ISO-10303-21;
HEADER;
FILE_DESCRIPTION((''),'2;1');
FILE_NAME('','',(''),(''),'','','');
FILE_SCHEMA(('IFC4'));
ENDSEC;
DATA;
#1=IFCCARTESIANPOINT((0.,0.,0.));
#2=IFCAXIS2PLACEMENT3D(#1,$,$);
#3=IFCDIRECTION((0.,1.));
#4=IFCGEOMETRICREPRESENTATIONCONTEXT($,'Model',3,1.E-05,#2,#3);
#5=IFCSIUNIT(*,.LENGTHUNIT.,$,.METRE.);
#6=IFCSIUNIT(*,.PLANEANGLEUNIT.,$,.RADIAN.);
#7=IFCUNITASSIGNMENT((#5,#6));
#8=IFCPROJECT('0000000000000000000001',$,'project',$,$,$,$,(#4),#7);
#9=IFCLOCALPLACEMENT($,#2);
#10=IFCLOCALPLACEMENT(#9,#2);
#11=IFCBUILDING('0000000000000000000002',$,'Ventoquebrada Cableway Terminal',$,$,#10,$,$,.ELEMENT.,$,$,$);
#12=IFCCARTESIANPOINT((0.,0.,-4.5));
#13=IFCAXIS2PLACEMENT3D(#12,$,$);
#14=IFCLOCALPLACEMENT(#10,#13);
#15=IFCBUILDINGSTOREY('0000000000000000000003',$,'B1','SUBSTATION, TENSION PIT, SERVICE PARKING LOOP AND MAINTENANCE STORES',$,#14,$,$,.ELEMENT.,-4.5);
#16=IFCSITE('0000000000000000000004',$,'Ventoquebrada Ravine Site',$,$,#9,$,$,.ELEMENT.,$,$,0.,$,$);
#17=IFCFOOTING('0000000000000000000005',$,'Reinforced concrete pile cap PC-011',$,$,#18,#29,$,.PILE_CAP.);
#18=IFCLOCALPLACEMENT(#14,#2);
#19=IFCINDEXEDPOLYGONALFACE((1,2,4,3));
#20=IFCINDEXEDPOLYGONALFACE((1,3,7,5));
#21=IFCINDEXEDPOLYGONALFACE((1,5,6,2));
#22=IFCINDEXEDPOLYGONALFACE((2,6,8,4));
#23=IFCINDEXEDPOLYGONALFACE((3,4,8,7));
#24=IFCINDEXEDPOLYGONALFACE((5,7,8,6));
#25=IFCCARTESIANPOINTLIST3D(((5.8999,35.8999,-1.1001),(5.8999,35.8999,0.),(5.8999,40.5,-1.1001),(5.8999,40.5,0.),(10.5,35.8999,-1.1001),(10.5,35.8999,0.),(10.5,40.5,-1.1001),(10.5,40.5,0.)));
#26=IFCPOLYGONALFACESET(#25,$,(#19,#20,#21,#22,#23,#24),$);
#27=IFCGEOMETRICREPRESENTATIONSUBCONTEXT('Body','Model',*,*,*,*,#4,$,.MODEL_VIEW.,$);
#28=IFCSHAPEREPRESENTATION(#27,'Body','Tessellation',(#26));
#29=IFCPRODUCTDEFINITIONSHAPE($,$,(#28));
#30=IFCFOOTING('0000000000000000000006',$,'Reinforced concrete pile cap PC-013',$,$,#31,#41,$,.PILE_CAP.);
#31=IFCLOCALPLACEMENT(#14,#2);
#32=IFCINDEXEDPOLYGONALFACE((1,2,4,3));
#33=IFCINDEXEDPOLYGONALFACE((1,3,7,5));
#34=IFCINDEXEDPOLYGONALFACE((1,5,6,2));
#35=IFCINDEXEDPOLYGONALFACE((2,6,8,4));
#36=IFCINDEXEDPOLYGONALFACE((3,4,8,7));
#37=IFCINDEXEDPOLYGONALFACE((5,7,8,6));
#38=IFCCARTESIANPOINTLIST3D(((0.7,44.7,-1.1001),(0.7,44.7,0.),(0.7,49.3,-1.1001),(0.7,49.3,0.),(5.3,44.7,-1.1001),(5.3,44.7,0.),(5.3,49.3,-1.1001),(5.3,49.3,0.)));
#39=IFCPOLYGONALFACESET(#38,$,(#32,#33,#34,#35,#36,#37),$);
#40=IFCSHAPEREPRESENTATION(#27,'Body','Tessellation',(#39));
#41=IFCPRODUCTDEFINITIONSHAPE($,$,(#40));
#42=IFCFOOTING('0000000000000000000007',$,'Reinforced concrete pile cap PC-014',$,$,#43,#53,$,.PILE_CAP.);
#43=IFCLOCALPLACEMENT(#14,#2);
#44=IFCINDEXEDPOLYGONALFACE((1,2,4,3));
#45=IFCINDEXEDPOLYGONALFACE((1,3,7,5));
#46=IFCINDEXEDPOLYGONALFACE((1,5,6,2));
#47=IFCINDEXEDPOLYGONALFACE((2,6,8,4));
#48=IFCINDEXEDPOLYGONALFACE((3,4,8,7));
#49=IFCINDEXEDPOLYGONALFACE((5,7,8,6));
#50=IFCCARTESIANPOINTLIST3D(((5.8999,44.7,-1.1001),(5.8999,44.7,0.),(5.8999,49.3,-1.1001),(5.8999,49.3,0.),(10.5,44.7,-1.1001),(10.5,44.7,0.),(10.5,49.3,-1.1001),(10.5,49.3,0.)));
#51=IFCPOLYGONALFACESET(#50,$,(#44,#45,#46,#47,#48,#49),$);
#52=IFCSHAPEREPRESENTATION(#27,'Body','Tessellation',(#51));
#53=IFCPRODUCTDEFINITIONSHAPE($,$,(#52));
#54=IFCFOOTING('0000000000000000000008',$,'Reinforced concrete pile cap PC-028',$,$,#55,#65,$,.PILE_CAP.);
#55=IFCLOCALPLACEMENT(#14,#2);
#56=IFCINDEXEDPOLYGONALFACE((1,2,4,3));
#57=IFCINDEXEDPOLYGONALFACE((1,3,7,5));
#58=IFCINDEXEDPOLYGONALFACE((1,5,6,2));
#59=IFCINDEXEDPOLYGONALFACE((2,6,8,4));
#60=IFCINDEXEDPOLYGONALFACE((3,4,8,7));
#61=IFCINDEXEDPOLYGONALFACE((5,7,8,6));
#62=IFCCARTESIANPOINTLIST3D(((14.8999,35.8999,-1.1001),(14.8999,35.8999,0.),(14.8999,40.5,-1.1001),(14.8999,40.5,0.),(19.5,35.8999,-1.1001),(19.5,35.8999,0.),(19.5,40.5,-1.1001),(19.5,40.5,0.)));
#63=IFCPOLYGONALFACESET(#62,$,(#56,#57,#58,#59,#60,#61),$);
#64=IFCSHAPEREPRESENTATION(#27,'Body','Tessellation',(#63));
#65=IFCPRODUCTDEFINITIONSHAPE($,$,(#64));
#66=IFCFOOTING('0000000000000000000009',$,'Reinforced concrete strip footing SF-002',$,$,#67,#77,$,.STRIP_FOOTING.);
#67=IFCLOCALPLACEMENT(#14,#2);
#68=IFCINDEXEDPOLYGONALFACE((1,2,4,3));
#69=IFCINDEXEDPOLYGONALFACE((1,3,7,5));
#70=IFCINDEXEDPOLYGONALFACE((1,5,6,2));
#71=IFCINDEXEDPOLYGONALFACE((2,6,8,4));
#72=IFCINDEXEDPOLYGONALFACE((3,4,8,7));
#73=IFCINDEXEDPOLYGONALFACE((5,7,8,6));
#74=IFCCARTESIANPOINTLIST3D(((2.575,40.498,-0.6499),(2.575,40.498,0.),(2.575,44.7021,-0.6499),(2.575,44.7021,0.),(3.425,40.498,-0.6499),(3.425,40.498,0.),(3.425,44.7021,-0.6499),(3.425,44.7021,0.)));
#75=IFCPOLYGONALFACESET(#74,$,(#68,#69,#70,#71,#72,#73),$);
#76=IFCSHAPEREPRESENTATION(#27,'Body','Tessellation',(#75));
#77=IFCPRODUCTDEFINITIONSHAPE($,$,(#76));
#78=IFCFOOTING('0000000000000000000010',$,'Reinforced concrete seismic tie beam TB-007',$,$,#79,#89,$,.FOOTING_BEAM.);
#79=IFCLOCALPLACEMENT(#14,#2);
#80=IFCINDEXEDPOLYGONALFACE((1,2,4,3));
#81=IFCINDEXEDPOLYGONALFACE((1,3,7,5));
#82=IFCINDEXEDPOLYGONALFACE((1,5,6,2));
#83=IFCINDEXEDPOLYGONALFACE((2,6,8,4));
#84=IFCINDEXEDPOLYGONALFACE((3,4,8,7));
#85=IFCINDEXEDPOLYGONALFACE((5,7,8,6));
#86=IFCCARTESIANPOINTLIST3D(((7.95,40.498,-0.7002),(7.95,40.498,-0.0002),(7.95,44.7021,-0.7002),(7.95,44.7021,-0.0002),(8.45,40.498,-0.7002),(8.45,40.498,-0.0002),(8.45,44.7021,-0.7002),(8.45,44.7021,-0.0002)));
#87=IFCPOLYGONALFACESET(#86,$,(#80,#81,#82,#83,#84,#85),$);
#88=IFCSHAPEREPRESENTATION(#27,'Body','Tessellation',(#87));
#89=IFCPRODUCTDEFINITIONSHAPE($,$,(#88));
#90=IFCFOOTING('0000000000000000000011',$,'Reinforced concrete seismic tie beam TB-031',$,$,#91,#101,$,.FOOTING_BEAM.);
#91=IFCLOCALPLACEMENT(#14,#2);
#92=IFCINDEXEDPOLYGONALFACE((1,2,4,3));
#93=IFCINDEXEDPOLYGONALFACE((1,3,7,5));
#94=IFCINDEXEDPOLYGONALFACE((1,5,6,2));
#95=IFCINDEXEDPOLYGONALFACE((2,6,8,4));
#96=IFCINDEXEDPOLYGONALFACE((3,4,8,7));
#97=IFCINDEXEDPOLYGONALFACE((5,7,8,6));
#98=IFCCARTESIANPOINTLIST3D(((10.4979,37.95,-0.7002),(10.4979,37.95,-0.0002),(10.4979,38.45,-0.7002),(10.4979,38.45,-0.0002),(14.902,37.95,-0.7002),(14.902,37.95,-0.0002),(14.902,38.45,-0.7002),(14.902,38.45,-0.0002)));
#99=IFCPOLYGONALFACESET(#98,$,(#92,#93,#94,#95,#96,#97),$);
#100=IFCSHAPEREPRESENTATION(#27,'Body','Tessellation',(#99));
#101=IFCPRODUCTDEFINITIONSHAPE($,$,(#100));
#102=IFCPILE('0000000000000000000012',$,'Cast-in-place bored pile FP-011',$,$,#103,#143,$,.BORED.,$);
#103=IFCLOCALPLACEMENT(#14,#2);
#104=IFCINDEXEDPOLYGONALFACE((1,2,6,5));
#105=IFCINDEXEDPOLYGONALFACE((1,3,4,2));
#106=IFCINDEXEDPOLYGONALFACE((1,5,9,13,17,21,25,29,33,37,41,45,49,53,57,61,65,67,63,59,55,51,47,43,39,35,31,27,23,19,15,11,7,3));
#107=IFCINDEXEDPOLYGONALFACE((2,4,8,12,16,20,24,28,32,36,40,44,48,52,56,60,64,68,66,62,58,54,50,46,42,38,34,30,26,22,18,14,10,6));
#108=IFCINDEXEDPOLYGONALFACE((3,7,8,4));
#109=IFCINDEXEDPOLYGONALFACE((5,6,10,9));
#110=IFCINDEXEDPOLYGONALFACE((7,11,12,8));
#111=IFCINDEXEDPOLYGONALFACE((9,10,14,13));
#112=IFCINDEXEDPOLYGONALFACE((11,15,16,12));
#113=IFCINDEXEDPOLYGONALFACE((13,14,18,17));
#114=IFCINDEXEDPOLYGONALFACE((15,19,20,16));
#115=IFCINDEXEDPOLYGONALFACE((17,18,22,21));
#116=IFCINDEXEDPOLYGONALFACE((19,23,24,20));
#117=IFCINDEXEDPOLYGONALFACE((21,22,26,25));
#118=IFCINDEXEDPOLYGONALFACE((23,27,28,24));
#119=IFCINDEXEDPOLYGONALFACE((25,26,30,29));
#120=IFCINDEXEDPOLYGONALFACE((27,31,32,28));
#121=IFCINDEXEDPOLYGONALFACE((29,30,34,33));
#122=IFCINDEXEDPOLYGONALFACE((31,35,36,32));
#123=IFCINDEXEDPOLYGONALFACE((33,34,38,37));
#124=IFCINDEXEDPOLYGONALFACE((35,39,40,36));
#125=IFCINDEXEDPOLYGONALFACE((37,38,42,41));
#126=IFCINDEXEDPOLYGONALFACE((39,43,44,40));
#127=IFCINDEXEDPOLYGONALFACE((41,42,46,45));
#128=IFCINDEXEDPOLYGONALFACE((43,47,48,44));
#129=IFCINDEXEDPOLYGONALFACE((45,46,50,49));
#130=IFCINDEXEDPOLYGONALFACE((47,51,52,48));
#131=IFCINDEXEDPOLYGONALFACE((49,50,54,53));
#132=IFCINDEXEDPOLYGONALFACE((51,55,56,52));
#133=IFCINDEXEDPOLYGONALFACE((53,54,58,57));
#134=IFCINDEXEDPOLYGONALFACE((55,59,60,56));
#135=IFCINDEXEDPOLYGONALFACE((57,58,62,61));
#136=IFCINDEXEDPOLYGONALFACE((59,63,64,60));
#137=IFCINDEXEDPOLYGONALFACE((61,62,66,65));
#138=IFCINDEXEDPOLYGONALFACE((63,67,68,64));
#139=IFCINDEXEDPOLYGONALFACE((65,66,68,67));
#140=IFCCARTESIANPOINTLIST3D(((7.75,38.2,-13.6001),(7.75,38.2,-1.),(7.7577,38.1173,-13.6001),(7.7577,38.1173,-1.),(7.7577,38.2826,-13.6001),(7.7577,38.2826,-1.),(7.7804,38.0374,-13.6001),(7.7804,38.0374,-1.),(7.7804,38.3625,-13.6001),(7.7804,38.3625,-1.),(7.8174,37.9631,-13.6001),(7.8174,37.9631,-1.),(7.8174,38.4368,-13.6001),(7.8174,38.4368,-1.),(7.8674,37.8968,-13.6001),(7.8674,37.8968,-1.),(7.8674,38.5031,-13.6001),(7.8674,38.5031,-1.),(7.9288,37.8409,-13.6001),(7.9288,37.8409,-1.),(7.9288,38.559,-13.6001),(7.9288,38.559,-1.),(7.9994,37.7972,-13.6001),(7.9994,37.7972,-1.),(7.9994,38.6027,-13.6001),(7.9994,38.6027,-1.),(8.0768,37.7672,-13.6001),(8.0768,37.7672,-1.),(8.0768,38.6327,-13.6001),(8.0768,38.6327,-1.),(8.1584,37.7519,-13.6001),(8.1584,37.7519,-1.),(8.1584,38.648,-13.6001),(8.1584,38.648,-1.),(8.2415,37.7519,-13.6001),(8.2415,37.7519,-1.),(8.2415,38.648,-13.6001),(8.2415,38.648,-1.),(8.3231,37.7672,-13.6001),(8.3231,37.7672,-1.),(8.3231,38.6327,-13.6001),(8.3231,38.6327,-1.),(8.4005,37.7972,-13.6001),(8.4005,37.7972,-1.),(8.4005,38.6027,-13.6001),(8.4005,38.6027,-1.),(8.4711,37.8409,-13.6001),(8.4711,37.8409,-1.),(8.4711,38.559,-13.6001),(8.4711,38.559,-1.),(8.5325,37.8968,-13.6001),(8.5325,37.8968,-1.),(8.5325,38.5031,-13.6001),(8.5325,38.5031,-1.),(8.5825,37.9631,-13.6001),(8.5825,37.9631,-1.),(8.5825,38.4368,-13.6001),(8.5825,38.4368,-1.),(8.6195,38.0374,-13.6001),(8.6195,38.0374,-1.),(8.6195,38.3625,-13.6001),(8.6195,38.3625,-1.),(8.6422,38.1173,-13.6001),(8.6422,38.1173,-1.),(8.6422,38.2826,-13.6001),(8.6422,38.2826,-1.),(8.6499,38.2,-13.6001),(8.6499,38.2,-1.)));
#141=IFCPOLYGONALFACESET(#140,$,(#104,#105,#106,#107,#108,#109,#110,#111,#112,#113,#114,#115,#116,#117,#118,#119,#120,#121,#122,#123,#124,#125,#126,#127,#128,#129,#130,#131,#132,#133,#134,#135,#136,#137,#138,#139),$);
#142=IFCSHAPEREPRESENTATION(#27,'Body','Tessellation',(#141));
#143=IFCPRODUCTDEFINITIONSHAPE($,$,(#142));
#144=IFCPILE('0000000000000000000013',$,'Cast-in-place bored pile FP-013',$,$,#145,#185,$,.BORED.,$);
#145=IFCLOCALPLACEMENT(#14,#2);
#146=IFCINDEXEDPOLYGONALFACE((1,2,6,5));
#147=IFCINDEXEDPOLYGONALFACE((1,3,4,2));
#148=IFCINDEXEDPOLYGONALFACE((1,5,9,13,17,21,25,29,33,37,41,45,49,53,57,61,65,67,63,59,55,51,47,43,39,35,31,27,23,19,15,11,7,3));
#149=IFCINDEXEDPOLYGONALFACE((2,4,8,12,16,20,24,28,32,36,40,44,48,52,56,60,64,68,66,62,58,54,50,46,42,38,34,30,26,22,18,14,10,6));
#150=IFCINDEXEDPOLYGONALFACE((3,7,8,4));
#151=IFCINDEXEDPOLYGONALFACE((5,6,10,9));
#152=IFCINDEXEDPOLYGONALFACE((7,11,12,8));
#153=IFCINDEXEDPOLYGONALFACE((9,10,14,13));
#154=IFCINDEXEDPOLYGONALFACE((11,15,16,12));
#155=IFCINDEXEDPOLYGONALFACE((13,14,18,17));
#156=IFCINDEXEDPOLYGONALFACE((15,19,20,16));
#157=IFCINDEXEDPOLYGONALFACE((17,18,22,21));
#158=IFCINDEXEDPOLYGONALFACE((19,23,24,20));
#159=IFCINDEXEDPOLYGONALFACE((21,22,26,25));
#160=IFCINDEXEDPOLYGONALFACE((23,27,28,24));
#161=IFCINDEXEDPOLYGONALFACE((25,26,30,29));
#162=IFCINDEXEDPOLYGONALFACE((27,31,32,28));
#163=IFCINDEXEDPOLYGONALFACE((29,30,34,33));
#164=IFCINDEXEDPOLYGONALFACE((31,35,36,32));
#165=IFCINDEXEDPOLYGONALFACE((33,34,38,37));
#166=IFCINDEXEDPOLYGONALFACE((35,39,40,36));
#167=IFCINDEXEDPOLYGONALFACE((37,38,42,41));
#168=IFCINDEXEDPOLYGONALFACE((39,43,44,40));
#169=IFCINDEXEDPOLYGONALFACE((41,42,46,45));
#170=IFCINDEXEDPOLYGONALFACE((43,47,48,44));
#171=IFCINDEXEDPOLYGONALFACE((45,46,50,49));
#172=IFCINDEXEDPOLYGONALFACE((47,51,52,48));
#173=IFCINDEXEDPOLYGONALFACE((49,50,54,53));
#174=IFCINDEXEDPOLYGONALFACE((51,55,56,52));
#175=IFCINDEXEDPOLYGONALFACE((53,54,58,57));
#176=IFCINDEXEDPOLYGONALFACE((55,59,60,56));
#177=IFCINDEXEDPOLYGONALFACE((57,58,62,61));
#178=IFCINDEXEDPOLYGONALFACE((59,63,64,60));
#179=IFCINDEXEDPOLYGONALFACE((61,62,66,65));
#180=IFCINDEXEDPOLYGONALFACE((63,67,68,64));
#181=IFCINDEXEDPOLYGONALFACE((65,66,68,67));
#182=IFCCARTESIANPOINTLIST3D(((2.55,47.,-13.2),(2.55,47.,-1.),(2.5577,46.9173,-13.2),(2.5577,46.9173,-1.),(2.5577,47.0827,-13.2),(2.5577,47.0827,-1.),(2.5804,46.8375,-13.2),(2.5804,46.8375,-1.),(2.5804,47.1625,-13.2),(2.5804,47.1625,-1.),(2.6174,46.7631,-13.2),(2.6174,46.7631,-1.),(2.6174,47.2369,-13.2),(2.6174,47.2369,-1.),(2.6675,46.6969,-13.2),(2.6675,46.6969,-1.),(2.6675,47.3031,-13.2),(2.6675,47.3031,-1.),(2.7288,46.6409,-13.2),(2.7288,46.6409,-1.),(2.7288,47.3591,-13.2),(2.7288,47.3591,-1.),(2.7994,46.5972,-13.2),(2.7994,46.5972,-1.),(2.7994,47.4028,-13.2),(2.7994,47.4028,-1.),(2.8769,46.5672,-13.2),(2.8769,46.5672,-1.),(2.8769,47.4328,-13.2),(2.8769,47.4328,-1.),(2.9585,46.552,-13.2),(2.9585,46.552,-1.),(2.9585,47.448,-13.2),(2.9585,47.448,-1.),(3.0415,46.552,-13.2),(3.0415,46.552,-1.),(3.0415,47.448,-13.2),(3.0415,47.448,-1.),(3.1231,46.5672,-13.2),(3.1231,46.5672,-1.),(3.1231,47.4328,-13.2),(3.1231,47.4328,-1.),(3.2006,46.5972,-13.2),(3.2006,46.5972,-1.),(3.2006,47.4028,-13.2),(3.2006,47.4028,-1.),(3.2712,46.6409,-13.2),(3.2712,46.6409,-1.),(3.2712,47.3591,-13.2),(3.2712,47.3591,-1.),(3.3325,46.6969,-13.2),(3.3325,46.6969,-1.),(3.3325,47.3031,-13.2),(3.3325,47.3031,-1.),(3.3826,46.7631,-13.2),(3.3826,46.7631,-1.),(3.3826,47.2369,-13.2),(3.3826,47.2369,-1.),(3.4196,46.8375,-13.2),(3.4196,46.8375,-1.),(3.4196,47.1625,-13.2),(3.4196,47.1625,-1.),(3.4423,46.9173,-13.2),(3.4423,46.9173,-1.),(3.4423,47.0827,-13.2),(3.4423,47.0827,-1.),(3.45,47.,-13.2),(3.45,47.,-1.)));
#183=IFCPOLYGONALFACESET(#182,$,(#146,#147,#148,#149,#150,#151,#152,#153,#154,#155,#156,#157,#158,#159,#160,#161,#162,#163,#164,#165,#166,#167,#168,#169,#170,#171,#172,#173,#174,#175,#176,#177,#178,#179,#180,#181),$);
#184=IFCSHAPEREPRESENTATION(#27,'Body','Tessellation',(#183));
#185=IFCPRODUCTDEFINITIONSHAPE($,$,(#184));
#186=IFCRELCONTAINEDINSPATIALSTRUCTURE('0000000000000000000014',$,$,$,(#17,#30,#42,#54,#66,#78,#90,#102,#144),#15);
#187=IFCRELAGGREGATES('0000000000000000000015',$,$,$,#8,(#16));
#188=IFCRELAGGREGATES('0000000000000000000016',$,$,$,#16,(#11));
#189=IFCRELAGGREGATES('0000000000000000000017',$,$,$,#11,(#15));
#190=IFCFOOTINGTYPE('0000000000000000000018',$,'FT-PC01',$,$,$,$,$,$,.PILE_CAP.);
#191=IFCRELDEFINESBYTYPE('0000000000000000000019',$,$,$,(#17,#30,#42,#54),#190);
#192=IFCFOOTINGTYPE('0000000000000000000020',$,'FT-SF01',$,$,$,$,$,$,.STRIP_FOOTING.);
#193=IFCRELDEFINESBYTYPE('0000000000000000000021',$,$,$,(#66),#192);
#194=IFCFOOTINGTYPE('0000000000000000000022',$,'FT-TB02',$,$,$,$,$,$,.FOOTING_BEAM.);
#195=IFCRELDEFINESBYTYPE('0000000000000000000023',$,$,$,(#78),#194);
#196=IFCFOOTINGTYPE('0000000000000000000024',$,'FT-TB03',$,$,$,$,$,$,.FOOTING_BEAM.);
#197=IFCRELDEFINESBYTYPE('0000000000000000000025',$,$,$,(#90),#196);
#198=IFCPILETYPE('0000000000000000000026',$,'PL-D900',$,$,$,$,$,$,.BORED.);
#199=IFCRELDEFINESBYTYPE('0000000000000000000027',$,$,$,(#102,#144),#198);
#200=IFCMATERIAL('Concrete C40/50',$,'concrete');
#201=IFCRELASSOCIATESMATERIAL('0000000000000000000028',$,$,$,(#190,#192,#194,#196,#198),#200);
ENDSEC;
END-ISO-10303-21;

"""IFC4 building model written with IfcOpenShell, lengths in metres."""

from ifc_helpers import new_model, si_unit, direction, frame, origin, origin_2d, place, context, subcontext, project, spatial, rectangle, circle, extrude, material, material_profile, profile_set, type_object, element, save


model = new_model("IFC4")

# Units and contexts
model_context = context("Model", 3, precision=1e-05, world=origin(), true_north=direction((0.0, 1.0)))
body_context = subcontext(model_context, "Body", "Model", "MODEL_VIEW")
ifc_project = project(units=[si_unit("LENGTHUNIT", "METRE"), si_unit("PLANEANGLEUNIT", "RADIAN")], contexts=[model_context])

# Site, building, storey
site_placement = place(None, origin())
site = spatial("IfcSite", under=ifc_project, at=site_placement, Name="Ventoquebrada Ravine Site", CompositionType="ELEMENT", RefElevation=0.0)
building_placement = place(site_placement, origin())
building = spatial("IfcBuilding", under=site, at=building_placement, Name="Ventoquebrada Cableway Terminal", CompositionType="ELEMENT")
storey_placement = place(building_placement, frame((0.0, 0.0, -4.5)))
storey = spatial("IfcBuildingStorey", under=building, at=storey_placement, Name="B1", Description="SUBSTATION, TENSION PIT, SERVICE PARKING LOOP AND MAINTENANCE STORES", CompositionType="ELEMENT", Elevation=-4.5)

# Footings
ifc_material_1 = material(Name="Concrete C40/50", Category="concrete")
footing_type_1 = type_object("IfcFootingType", Name="FT-PC01", PredefinedType="PILE_CAP", material=ifc_material_1)
for number, where, z_axis, x_axis, name in (
    (1, (8.2, 38.2, -1.1001), (0.0, 0.0, 1.0), (1.0, 0.0, 0.0), "Reinforced concrete pile cap PC-011"),
    (2, (3.0, 47.0, -1.1001), (0.0, 0.0, 1.0), (1.0, 0.0, 0.0), "Reinforced concrete pile cap PC-013"),
    (3, (8.2, 47.0, -1.1001), (0.0, 0.0, 1.0), (1.0, 0.0, 0.0), "Reinforced concrete pile cap PC-014"),
    (4, (17.2, 38.2, -1.1001), (0.0, 0.0, 1.0), (1.0, 0.0, 0.0), "Reinforced concrete pile cap PC-028"),
):
    element("IfcFooting", number, at=place(storey_placement, frame(where, z_axis=z_axis, x_axis=x_axis)), inside=storey, type_object=footing_type_1, Name=name, PredefinedType="PILE_CAP", context=body_context, shape_type="SweptSolid", body=[
        extrude(rectangle(XDim=4.6001, YDim=4.6001, at=origin_2d()), origin(), (0.0, 0.0, 1.0), 1.1001),
    ])
footing_type_2 = type_object("IfcFootingType", Name="FT-SF01", PredefinedType="STRIP_FOOTING", material=ifc_material_1)
footing_1_placement = place(storey_placement, frame((3.0, 42.6001, -0.6499), z_axis=(0.0, 0.0, 1.0), x_axis=(0.0, 1.0, 0.0)))
element("IfcFooting", 5, at=footing_1_placement, inside=storey, type_object=footing_type_2, Name="Reinforced concrete strip footing SF-002", PredefinedType="STRIP_FOOTING", context=body_context, shape_type="SweptSolid", body=[
    extrude(rectangle(XDim=4.2041, YDim=0.8501, at=origin_2d()), origin(), (0.0, 0.0, 1.0), 0.6499),
])
footing_type_3 = type_object("IfcFootingType", Name="FT-TB02", PredefinedType="FOOTING_BEAM", material=ifc_material_1)
footing_2_placement = place(storey_placement, frame((8.2, 42.6001, -0.7002), z_axis=(0.0, 0.0, 1.0), x_axis=(0.0, 1.0, 0.0)))
element("IfcFooting", 6, at=footing_2_placement, inside=storey, type_object=footing_type_3, Name="Reinforced concrete seismic tie beam TB-007", PredefinedType="FOOTING_BEAM", context=body_context, shape_type="SweptSolid", body=[
    extrude(rectangle(XDim=4.2041, YDim=0.5, at=origin_2d()), origin(), (0.0, 0.0, 1.0), 0.7),
])
footing_type_4 = type_object("IfcFootingType", Name="FT-TB03", PredefinedType="FOOTING_BEAM", material=ifc_material_1)
footing_3_placement = place(storey_placement, frame((12.7, 38.2, -0.7002), z_axis=(0.0, 0.0, 1.0), x_axis=(1.0, 0.0, 0.0)))
element("IfcFooting", 7, at=footing_3_placement, inside=storey, type_object=footing_type_4, Name="Reinforced concrete seismic tie beam TB-031", PredefinedType="FOOTING_BEAM", context=body_context, shape_type="SweptSolid", body=[
    extrude(rectangle(XDim=4.4041, YDim=0.5, at=origin_2d()), origin(), (0.0, 0.0, 1.0), 0.7),
])

# Piles
ifc_material_profile_1 = material_profile(ifc_material_1, circle(Radius=0.45, at=origin_2d()), Name="PILE-D900")
ifc_profile_set_1 = profile_set([ifc_material_profile_1], Name="Concrete C40/50")
pile_type = type_object("IfcPileType", Name="PL-D900", PredefinedType="BORED", material=ifc_profile_set_1)
pile_1_placement = place(storey_placement, frame((8.2, 38.2, -1.0), z_axis=(0.0, 0.0, -1.0), x_axis=(1.0, 0.0, 0.0)))
element("IfcPile", 8, at=pile_1_placement, inside=storey, type_object=pile_type, Name="Cast-in-place bored pile FP-011", PredefinedType="BORED", context=body_context, shape_type="SweptSolid", body=[
    extrude(circle(Radius=0.45, at=origin_2d()), origin(), (0.0, 0.0, 1.0), 12.6001),
])
pile_2_placement = place(storey_placement, frame((3.0, 47.0, -1.0), z_axis=(0.0, 0.0, -1.0), x_axis=(1.0, 0.0, 0.0)))
element("IfcPile", 9, at=pile_2_placement, inside=storey, type_object=pile_type, Name="Cast-in-place bored pile FP-013", PredefinedType="BORED", context=body_context, shape_type="SweptSolid", body=[
    extrude(circle(Radius=0.45, at=origin_2d()), origin(), (0.0, 0.0, 1.0), 12.2),
])

save(model, "model.ifc")
